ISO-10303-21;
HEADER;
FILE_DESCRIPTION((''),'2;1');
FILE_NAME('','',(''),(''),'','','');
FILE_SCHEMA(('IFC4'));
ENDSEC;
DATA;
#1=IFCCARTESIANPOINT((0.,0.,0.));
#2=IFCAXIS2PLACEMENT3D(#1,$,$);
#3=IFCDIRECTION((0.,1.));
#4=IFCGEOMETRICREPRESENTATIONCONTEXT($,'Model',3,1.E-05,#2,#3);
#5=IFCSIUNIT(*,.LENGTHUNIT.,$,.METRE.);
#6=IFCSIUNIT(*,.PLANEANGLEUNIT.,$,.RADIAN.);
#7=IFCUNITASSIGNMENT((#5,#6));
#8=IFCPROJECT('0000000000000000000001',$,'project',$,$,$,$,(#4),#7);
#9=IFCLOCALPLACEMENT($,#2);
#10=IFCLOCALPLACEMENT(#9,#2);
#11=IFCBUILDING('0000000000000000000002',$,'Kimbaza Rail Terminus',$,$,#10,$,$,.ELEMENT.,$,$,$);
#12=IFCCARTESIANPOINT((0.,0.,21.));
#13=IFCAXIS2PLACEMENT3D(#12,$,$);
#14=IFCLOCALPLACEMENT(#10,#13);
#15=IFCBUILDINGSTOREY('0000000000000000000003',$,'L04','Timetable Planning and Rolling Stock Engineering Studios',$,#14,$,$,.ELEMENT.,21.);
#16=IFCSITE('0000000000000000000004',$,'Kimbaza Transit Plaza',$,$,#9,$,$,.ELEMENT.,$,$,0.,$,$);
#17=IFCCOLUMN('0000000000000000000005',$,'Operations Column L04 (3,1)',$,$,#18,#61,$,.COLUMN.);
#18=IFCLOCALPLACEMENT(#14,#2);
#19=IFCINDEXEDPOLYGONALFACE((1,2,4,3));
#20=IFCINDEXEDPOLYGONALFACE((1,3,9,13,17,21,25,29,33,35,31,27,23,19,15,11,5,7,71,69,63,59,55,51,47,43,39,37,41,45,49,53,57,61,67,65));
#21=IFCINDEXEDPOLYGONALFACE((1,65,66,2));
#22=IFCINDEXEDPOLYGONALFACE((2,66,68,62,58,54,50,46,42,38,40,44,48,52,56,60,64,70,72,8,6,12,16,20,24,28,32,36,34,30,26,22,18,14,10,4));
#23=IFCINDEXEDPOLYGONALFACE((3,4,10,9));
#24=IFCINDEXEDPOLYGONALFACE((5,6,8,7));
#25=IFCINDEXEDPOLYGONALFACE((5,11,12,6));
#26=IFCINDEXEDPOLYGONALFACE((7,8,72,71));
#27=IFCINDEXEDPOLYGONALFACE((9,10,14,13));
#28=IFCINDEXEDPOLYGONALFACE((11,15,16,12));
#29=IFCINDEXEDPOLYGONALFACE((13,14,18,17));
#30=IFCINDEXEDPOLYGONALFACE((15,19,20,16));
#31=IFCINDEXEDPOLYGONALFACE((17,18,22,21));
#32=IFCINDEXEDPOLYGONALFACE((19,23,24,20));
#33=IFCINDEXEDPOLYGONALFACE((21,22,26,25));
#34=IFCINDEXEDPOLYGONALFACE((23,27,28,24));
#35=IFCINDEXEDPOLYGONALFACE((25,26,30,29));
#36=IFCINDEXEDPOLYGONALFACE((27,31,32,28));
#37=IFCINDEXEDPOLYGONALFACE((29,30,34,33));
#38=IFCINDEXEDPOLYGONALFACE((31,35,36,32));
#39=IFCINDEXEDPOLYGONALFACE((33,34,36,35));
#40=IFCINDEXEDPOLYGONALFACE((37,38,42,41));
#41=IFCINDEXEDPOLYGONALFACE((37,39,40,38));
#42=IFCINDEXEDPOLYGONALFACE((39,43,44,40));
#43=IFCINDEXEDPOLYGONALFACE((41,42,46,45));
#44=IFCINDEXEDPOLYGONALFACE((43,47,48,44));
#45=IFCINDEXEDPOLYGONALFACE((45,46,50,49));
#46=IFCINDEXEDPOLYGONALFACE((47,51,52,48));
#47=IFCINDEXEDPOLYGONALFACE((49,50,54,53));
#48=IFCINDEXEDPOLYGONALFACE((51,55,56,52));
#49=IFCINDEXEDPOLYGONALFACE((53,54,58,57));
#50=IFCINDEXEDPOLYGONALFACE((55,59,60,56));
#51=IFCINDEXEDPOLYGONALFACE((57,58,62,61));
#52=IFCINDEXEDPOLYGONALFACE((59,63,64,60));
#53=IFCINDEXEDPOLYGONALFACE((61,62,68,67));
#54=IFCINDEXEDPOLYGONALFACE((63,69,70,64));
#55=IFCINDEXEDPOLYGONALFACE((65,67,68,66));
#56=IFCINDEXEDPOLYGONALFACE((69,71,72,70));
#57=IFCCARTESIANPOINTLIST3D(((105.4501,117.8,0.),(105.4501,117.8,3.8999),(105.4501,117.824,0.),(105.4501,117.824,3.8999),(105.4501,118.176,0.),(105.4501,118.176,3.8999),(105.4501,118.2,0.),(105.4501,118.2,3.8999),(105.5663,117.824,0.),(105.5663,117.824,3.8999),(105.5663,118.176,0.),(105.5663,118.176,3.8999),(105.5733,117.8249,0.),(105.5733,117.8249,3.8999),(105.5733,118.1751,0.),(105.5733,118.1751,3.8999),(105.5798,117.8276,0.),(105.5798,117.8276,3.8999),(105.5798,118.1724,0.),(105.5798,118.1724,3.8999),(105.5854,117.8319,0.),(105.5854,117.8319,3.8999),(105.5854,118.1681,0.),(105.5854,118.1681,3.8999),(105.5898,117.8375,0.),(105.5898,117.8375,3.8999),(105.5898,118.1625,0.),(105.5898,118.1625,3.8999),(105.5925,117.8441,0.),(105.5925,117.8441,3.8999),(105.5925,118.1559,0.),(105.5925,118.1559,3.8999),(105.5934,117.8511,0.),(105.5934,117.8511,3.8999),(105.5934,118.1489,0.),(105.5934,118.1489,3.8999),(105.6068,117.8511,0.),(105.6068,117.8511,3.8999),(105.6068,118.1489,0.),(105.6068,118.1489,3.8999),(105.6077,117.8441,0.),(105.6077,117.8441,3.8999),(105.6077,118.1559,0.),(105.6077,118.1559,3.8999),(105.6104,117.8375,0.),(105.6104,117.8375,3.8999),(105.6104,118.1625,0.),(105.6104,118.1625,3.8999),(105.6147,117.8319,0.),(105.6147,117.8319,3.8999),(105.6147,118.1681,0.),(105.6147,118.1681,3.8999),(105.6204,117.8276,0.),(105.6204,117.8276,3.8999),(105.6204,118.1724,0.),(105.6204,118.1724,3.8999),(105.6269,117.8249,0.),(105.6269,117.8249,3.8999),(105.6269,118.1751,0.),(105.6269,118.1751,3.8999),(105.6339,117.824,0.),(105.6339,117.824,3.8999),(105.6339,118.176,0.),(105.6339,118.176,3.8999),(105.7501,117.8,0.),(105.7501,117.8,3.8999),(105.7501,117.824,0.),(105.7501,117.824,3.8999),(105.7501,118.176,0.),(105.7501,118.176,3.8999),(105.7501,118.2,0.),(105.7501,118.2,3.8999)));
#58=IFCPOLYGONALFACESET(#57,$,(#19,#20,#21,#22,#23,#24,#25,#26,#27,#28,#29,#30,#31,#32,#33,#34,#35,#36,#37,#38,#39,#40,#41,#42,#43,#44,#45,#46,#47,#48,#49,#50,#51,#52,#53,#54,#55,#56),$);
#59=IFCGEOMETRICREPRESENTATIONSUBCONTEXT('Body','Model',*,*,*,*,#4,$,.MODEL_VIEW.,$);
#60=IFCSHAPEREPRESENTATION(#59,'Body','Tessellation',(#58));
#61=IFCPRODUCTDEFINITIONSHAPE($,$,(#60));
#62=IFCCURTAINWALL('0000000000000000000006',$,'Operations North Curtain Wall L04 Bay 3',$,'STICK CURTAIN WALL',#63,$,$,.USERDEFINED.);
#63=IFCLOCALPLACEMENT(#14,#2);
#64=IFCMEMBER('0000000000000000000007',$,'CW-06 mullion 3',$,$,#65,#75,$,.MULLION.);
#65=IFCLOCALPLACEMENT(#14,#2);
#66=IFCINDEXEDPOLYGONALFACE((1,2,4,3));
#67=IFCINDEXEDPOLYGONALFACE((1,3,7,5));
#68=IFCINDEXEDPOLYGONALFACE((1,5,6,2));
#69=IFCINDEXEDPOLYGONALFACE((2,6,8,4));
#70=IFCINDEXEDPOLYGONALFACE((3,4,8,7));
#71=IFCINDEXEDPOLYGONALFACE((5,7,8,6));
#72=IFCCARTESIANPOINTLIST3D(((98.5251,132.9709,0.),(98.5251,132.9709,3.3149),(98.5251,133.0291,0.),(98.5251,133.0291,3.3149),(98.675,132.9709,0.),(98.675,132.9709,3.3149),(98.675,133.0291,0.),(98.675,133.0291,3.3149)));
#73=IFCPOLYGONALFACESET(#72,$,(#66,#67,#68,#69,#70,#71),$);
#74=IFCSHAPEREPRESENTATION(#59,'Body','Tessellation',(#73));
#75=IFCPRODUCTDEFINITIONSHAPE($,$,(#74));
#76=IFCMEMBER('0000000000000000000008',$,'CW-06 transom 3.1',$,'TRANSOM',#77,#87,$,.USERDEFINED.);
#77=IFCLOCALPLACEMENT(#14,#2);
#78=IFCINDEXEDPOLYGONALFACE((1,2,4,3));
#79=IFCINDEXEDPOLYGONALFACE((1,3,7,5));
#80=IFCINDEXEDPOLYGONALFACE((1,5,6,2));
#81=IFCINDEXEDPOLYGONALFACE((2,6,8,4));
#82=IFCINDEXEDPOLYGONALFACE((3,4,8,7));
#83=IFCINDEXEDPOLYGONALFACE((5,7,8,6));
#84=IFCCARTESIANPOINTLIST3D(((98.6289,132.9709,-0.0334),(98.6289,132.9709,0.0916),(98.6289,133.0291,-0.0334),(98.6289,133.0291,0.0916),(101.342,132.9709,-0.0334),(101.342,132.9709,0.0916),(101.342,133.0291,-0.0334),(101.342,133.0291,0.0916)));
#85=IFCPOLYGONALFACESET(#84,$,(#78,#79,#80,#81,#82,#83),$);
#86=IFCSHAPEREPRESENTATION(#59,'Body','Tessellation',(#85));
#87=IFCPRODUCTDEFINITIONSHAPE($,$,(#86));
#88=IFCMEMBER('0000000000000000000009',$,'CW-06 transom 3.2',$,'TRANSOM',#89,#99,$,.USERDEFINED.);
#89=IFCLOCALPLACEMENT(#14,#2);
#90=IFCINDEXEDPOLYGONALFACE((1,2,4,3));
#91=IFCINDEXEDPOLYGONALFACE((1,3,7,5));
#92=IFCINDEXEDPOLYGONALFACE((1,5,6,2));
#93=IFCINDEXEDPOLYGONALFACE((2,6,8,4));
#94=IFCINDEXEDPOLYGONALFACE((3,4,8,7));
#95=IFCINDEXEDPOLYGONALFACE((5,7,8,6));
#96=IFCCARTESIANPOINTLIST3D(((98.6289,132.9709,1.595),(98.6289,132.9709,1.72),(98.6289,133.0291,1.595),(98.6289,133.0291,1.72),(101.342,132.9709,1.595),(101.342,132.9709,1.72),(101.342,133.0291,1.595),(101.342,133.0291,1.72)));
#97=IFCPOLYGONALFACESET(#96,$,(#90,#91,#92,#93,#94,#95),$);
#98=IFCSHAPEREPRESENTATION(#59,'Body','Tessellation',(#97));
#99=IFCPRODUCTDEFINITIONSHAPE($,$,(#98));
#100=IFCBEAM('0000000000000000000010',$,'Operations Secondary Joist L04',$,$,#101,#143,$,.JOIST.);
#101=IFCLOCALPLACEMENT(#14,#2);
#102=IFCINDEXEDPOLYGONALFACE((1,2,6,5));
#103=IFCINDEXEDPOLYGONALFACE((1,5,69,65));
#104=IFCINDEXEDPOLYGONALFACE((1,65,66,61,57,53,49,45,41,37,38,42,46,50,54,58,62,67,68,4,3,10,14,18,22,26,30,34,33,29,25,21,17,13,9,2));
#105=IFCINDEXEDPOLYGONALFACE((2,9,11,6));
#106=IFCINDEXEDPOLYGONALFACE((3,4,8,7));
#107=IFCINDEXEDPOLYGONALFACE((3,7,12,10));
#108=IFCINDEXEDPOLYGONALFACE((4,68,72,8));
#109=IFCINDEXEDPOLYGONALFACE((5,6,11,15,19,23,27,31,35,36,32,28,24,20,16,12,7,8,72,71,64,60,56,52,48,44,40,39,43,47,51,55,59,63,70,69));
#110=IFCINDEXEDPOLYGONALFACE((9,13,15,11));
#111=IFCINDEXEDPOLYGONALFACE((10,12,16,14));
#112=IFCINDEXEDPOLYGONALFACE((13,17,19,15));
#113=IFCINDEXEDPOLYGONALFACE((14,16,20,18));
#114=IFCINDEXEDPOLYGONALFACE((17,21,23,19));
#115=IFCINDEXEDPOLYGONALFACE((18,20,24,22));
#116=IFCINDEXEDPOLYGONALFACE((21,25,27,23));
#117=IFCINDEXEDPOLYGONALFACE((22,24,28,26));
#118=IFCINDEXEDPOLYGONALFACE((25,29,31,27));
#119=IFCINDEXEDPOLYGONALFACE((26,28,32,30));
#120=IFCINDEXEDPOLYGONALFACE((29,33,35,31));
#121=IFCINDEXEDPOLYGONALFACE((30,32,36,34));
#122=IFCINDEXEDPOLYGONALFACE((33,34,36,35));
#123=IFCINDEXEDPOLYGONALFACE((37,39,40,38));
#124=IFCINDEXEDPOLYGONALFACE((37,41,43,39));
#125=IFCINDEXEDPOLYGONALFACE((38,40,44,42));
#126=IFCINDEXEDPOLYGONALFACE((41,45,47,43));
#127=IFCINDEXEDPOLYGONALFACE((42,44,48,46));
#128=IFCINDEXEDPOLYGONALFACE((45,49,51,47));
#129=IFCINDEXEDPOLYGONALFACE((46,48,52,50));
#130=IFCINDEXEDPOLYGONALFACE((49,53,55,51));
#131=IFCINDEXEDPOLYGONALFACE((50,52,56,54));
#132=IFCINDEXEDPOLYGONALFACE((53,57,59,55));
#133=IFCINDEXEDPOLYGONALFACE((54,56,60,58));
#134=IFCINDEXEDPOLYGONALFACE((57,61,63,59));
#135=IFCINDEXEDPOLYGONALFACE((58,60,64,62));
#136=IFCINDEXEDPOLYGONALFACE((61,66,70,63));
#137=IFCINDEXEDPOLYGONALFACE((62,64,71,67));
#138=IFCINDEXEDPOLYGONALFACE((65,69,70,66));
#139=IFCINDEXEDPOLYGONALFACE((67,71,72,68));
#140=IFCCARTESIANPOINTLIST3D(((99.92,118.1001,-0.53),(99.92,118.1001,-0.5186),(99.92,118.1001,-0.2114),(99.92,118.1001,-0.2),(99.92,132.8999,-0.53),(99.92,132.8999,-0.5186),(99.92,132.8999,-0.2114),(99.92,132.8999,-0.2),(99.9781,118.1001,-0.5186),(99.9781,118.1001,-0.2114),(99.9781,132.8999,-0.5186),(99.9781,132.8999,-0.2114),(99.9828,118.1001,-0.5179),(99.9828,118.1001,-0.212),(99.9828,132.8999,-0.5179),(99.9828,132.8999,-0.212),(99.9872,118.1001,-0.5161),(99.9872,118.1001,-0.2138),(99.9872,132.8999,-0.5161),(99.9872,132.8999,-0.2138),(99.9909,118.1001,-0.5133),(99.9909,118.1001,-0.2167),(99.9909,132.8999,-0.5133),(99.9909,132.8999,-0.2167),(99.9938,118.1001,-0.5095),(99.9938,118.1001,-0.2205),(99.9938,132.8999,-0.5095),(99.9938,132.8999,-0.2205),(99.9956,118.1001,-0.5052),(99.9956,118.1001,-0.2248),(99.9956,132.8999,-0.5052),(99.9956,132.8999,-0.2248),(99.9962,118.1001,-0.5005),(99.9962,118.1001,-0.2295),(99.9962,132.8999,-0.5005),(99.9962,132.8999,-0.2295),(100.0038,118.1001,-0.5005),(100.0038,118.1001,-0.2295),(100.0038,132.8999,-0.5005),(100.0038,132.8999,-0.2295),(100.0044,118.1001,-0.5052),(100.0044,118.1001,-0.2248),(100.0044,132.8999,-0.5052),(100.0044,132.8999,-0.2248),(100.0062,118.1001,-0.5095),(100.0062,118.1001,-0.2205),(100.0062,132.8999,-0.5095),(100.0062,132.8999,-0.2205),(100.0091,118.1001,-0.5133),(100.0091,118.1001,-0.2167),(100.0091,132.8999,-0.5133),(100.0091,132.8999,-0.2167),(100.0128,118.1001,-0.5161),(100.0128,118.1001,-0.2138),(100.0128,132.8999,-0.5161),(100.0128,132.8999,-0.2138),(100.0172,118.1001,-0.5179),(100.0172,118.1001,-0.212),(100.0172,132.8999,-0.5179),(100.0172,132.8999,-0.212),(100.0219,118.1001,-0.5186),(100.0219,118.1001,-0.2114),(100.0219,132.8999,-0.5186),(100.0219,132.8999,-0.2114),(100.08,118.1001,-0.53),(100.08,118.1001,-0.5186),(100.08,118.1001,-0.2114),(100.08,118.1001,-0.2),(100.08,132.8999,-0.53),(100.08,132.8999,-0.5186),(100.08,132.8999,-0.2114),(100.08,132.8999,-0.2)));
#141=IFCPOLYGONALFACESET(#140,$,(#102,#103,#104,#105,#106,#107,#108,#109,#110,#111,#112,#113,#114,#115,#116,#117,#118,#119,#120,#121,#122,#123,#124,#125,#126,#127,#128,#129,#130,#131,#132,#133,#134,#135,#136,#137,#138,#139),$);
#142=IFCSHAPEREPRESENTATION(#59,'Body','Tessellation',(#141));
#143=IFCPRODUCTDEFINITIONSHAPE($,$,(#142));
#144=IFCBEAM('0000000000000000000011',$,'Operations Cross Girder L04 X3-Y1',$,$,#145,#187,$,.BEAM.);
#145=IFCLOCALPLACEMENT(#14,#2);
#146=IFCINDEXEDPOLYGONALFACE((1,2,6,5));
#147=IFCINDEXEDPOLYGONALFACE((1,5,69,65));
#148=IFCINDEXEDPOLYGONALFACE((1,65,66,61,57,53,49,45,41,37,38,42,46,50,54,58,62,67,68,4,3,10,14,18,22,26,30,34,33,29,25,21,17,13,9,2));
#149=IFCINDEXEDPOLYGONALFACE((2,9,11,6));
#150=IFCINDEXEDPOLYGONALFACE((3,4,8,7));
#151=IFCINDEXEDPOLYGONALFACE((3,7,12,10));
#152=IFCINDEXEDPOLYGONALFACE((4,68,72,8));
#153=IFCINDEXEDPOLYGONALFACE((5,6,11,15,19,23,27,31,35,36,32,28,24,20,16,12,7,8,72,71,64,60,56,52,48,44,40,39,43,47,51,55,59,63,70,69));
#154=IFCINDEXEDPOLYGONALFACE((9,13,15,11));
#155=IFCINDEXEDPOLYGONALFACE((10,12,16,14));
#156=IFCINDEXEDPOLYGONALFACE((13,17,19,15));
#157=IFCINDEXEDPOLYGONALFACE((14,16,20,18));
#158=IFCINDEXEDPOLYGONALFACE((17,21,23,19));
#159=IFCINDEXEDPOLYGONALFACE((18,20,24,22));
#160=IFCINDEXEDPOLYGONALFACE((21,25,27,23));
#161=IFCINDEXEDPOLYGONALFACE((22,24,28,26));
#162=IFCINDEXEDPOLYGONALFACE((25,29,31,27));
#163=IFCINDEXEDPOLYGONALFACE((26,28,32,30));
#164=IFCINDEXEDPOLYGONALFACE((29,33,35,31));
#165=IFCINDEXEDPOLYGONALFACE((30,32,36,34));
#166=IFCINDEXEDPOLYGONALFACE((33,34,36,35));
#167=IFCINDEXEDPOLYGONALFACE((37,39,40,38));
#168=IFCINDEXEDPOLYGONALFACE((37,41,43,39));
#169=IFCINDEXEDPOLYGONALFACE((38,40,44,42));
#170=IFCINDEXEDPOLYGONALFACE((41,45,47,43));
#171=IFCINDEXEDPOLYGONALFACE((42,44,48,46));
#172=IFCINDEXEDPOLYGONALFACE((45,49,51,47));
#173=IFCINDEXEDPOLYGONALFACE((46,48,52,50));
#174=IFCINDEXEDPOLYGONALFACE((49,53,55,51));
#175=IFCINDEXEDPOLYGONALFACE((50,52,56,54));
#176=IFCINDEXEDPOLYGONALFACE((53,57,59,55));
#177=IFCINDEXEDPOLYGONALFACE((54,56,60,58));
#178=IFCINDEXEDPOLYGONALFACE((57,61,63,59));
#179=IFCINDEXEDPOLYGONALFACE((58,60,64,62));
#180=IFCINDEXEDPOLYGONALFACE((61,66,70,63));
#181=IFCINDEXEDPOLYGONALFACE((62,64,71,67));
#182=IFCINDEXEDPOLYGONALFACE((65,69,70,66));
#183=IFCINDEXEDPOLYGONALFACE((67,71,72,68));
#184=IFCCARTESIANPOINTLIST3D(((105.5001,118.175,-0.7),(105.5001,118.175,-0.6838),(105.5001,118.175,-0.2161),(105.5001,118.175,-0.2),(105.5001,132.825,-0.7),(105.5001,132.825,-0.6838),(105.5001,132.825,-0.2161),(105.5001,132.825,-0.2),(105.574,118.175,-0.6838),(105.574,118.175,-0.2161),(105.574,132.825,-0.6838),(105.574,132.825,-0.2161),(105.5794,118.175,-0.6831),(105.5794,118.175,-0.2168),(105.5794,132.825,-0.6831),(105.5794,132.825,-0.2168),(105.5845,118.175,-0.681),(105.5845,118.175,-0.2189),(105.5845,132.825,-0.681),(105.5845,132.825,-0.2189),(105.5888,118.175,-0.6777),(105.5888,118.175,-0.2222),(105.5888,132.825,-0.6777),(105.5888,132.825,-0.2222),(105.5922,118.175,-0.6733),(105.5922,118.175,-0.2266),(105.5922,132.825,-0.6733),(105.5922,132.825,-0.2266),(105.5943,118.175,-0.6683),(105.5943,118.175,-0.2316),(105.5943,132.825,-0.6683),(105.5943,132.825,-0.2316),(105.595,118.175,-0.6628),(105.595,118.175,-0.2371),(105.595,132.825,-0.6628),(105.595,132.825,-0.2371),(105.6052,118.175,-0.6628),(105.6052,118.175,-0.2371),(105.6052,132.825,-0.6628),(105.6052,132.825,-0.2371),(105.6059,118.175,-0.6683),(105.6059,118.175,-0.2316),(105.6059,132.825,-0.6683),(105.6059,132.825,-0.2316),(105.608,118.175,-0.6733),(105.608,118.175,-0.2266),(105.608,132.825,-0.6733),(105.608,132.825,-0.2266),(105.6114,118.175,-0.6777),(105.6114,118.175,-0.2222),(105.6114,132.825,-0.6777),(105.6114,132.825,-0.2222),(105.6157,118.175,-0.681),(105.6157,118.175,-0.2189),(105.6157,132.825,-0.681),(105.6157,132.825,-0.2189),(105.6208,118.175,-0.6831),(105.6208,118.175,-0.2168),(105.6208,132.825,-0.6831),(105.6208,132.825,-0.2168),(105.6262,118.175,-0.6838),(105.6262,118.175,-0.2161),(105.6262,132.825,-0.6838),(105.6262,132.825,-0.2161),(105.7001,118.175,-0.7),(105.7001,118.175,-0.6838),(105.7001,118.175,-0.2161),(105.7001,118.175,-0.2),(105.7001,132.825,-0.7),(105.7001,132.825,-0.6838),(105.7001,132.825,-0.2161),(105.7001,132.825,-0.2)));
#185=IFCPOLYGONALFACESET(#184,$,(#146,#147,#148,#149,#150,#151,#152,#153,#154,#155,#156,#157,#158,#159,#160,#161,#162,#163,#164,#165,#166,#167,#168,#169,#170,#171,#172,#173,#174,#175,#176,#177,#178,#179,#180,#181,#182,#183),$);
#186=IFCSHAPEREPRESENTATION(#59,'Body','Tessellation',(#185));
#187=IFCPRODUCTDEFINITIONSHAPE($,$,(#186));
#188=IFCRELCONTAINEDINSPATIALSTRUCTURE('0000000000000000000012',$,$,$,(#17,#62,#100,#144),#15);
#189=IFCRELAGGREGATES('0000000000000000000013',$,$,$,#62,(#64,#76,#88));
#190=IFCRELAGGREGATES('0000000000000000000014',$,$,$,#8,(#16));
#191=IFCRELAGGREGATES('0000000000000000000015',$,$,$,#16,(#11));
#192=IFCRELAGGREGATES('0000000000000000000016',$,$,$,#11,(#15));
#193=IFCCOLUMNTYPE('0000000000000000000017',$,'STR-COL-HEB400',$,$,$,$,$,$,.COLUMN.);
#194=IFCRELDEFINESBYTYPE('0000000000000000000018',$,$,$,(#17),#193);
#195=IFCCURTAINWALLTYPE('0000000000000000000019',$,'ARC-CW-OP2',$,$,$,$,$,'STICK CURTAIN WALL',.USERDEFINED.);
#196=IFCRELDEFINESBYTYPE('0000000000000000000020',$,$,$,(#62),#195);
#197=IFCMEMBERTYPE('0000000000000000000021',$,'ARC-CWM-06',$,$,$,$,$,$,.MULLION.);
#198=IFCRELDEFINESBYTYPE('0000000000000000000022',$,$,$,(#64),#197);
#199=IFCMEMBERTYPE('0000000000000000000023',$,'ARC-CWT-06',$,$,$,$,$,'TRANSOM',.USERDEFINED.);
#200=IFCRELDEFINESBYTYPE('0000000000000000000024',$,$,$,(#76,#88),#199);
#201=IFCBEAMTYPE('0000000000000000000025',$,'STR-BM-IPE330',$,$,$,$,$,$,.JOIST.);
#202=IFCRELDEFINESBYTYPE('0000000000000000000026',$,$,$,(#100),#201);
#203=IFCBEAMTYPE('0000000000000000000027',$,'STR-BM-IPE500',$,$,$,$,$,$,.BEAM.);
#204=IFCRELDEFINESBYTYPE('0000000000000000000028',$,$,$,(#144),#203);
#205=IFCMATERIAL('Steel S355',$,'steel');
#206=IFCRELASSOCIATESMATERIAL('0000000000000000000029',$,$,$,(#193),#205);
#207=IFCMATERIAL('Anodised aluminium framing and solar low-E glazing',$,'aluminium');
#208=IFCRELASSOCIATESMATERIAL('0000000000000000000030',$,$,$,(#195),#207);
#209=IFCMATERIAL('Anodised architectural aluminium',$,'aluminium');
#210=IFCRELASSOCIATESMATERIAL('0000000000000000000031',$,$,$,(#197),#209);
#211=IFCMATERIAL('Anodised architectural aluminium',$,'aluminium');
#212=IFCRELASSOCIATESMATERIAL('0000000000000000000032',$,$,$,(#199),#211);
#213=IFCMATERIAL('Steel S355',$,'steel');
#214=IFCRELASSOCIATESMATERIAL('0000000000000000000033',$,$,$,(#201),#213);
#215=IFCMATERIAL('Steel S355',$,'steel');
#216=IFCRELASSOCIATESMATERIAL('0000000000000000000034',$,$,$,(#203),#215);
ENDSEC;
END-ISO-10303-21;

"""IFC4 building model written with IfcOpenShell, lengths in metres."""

from ifc_helpers import new_model, si_unit, direction, frame, origin, origin_2d, place, context, subcontext, project, spatial, rectangle, i_section, extrude, material, material_profile, profile_set, type_object, element, aggregate, save


model = new_model("IFC4")

# Units and contexts
model_context = context("Model", 3, precision=1e-05, world=origin(), true_north=direction((0.0, 1.0)))
body_context = subcontext(model_context, "Body", "Model", "MODEL_VIEW")
ifc_project = project(units=[si_unit("LENGTHUNIT", "METRE"), si_unit("PLANEANGLEUNIT", "RADIAN")], contexts=[model_context])

# Site, building, storey
site_placement = place(None, origin())
site = spatial("IfcSite", under=ifc_project, at=site_placement, Name="Kimbaza Transit Plaza", CompositionType="ELEMENT", RefElevation=0.0)
building_placement = place(site_placement, origin())
building = spatial("IfcBuilding", under=site, at=building_placement, Name="Kimbaza Rail Terminus", CompositionType="ELEMENT")
storey_placement = place(building_placement, frame((0.0, 0.0, 21.0)))
storey = spatial("IfcBuildingStorey", under=building, at=storey_placement, Name="L04", Description="Timetable Planning and Rolling Stock Engineering Studios", CompositionType="ELEMENT", Elevation=21.0)

# Column
ifc_material_1 = material(Name="Steel S355", Category="steel")
ifc_material_profile_1 = material_profile(ifc_material_1, i_section(OverallWidth=0.3, OverallDepth=0.3999, WebThickness=0.0134, FlangeThickness=0.0239, FilletRadius=0.0271, at=origin_2d()), Name="HEB 400")
ifc_profile_set_1 = profile_set([ifc_material_profile_1], Name="Steel S355")
column_type = type_object("IfcColumnType", Name="STR-COL-HEB400", PredefinedType="COLUMN", material=ifc_profile_set_1)
column_placement = place(storey_placement, frame((105.6001, 118.0, 0.0), z_axis=(0.0, 0.0, 1.0), x_axis=(1.0, 0.0, 0.0)))
element("IfcColumn", 1, at=column_placement, inside=storey, type_object=column_type, Name="Operations Column L04 (3,1)", PredefinedType="COLUMN", context=body_context, shape_type="SweptSolid", body=[
    extrude(i_section(OverallWidth=0.3, OverallDepth=0.3999, WebThickness=0.0134, FlangeThickness=0.0239, FilletRadius=0.0271, at=origin_2d()), origin(), (0.0, 0.0, 1.0), 3.8999),
])

# Curtain wall, members
ifc_material_2 = material(Name="Anodised aluminium framing and solar low-E glazing", Category="aluminium")
curtain_wall_type = type_object("IfcCurtainWallType", Name="ARC-CW-OP2", ElementType="STICK CURTAIN WALL", PredefinedType="USERDEFINED", material=ifc_material_2)
curtain_wall_placement = place(storey_placement, origin())
curtain_wall = element("IfcCurtainWall", 2, at=curtain_wall_placement, inside=storey, type_object=curtain_wall_type, Name="Operations North Curtain Wall L04 Bay 3", ObjectType="STICK CURTAIN WALL", PredefinedType="USERDEFINED")
ifc_material_3 = material(Name="Anodised architectural aluminium", Category="aluminium")
ifc_material_profile_2 = material_profile(ifc_material_3, rectangle(XDim=0.0581, YDim=0.1499, at=origin_2d()), Name="MULLION 58x150")
ifc_profile_set_2 = profile_set([ifc_material_profile_2], Name="Anodised architectural aluminium")
member_type_1 = type_object("IfcMemberType", Name="ARC-CWM-06", PredefinedType="MULLION", material=ifc_profile_set_2)
member_1_placement = place(storey_placement, frame((98.6001, 133.0, 0.0), z_axis=(0.0, 0.0, 1.0), x_axis=(0.0, 1.0, 0.0)))
member_1 = element("IfcMember", 3, at=member_1_placement, type_object=member_type_1, Name="CW-06 mullion 3", PredefinedType="MULLION", context=body_context, shape_type="SweptSolid", body=[
    extrude(rectangle(XDim=0.0581, YDim=0.1499, at=origin_2d()), origin(), (0.0, 0.0, 1.0), 3.3149),
])
ifc_material_4 = material(Name="Anodised architectural aluminium", Category="aluminium")
ifc_material_profile_3 = material_profile(ifc_material_4, rectangle(XDim=0.0581, YDim=0.125, at=origin_2d()), Name="TRANSOM 58x125")
ifc_profile_set_3 = profile_set([ifc_material_profile_3], Name="Anodised architectural aluminium")
member_type_2 = type_object("IfcMemberType", Name="ARC-CWT-06", ElementType="TRANSOM", PredefinedType="USERDEFINED", material=ifc_profile_set_3)
member_2_placement = place(storey_placement, frame((98.6289, 133.0, 0.0291), z_axis=(1.0, 0.0, 0.0), x_axis=(0.0, 1.0, 0.0)))
member_2 = element("IfcMember", 4, at=member_2_placement, type_object=member_type_2, Name="CW-06 transom 3.1", ObjectType="TRANSOM", PredefinedType="USERDEFINED", context=body_context, shape_type="SweptSolid", body=[
    extrude(rectangle(XDim=0.0581, YDim=0.125, at=origin_2d()), origin(), (0.0, 0.0, 1.0), 2.7131),
])
member_3_placement = place(storey_placement, frame((98.6289, 133.0, 1.6575), z_axis=(1.0, 0.0, 0.0), x_axis=(0.0, 1.0, 0.0)))
member_3 = element("IfcMember", 5, at=member_3_placement, type_object=member_type_2, Name="CW-06 transom 3.2", ObjectType="TRANSOM", PredefinedType="USERDEFINED", context=body_context, shape_type="SweptSolid", body=[
    extrude(rectangle(XDim=0.0581, YDim=0.125, at=origin_2d()), origin(), (0.0, 0.0, 1.0), 2.7131),
])

# Beams
ifc_material_5 = material(Name="Steel S355", Category="steel")
ifc_material_profile_4 = material_profile(ifc_material_5, i_section(OverallWidth=0.1599, OverallDepth=0.3301, WebThickness=0.0076, FlangeThickness=0.0115, FilletRadius=0.0181, at=origin_2d()), Name="IPE 330")
ifc_profile_set_4 = profile_set([ifc_material_profile_4], Name="Steel S355")
beam_type_1 = type_object("IfcBeamType", Name="STR-BM-IPE330", PredefinedType="JOIST", material=ifc_profile_set_4)
beam_1_placement = place(storey_placement, frame((100.0, 118.1001, -0.365), z_axis=(0.0, 1.0, 0.0), x_axis=(-1.0, 0.0, 0.0)))
element("IfcBeam", 6, at=beam_1_placement, inside=storey, type_object=beam_type_1, Name="Operations Secondary Joist L04", PredefinedType="JOIST", context=body_context, shape_type="SweptSolid", body=[
    extrude(i_section(OverallWidth=0.1599, OverallDepth=0.3301, WebThickness=0.0076, FlangeThickness=0.0115, FilletRadius=0.0181, at=origin_2d()), origin(), (0.0, 0.0, 1.0), 14.7998),
])
ifc_material_6 = material(Name="Steel S355", Category="steel")
ifc_material_profile_5 = material_profile(ifc_material_6, i_section(OverallWidth=0.2, OverallDepth=0.5, WebThickness=0.0103, FlangeThickness=0.0161, FilletRadius=0.021, at=origin_2d()), Name="IPE 500")
ifc_profile_set_5 = profile_set([ifc_material_profile_5], Name="Steel S355")
beam_type_2 = type_object("IfcBeamType", Name="STR-BM-IPE500", PredefinedType="BEAM", material=ifc_profile_set_5)
beam_2_placement = place(storey_placement, frame((105.6001, 118.175, -0.45), z_axis=(0.0, 1.0, 0.0), x_axis=(-1.0, 0.0, 0.0)))
element("IfcBeam", 7, at=beam_2_placement, inside=storey, type_object=beam_type_2, Name="Operations Cross Girder L04 X3-Y1", PredefinedType="BEAM", context=body_context, shape_type="SweptSolid", body=[
    extrude(i_section(OverallWidth=0.2, OverallDepth=0.5, WebThickness=0.0103, FlangeThickness=0.0161, FilletRadius=0.021, at=origin_2d()), origin(), (0.0, 0.0, 1.0), 14.6499),
])

aggregate(curtain_wall, [member_1, member_2, member_3])

save(model, "model.ifc")
